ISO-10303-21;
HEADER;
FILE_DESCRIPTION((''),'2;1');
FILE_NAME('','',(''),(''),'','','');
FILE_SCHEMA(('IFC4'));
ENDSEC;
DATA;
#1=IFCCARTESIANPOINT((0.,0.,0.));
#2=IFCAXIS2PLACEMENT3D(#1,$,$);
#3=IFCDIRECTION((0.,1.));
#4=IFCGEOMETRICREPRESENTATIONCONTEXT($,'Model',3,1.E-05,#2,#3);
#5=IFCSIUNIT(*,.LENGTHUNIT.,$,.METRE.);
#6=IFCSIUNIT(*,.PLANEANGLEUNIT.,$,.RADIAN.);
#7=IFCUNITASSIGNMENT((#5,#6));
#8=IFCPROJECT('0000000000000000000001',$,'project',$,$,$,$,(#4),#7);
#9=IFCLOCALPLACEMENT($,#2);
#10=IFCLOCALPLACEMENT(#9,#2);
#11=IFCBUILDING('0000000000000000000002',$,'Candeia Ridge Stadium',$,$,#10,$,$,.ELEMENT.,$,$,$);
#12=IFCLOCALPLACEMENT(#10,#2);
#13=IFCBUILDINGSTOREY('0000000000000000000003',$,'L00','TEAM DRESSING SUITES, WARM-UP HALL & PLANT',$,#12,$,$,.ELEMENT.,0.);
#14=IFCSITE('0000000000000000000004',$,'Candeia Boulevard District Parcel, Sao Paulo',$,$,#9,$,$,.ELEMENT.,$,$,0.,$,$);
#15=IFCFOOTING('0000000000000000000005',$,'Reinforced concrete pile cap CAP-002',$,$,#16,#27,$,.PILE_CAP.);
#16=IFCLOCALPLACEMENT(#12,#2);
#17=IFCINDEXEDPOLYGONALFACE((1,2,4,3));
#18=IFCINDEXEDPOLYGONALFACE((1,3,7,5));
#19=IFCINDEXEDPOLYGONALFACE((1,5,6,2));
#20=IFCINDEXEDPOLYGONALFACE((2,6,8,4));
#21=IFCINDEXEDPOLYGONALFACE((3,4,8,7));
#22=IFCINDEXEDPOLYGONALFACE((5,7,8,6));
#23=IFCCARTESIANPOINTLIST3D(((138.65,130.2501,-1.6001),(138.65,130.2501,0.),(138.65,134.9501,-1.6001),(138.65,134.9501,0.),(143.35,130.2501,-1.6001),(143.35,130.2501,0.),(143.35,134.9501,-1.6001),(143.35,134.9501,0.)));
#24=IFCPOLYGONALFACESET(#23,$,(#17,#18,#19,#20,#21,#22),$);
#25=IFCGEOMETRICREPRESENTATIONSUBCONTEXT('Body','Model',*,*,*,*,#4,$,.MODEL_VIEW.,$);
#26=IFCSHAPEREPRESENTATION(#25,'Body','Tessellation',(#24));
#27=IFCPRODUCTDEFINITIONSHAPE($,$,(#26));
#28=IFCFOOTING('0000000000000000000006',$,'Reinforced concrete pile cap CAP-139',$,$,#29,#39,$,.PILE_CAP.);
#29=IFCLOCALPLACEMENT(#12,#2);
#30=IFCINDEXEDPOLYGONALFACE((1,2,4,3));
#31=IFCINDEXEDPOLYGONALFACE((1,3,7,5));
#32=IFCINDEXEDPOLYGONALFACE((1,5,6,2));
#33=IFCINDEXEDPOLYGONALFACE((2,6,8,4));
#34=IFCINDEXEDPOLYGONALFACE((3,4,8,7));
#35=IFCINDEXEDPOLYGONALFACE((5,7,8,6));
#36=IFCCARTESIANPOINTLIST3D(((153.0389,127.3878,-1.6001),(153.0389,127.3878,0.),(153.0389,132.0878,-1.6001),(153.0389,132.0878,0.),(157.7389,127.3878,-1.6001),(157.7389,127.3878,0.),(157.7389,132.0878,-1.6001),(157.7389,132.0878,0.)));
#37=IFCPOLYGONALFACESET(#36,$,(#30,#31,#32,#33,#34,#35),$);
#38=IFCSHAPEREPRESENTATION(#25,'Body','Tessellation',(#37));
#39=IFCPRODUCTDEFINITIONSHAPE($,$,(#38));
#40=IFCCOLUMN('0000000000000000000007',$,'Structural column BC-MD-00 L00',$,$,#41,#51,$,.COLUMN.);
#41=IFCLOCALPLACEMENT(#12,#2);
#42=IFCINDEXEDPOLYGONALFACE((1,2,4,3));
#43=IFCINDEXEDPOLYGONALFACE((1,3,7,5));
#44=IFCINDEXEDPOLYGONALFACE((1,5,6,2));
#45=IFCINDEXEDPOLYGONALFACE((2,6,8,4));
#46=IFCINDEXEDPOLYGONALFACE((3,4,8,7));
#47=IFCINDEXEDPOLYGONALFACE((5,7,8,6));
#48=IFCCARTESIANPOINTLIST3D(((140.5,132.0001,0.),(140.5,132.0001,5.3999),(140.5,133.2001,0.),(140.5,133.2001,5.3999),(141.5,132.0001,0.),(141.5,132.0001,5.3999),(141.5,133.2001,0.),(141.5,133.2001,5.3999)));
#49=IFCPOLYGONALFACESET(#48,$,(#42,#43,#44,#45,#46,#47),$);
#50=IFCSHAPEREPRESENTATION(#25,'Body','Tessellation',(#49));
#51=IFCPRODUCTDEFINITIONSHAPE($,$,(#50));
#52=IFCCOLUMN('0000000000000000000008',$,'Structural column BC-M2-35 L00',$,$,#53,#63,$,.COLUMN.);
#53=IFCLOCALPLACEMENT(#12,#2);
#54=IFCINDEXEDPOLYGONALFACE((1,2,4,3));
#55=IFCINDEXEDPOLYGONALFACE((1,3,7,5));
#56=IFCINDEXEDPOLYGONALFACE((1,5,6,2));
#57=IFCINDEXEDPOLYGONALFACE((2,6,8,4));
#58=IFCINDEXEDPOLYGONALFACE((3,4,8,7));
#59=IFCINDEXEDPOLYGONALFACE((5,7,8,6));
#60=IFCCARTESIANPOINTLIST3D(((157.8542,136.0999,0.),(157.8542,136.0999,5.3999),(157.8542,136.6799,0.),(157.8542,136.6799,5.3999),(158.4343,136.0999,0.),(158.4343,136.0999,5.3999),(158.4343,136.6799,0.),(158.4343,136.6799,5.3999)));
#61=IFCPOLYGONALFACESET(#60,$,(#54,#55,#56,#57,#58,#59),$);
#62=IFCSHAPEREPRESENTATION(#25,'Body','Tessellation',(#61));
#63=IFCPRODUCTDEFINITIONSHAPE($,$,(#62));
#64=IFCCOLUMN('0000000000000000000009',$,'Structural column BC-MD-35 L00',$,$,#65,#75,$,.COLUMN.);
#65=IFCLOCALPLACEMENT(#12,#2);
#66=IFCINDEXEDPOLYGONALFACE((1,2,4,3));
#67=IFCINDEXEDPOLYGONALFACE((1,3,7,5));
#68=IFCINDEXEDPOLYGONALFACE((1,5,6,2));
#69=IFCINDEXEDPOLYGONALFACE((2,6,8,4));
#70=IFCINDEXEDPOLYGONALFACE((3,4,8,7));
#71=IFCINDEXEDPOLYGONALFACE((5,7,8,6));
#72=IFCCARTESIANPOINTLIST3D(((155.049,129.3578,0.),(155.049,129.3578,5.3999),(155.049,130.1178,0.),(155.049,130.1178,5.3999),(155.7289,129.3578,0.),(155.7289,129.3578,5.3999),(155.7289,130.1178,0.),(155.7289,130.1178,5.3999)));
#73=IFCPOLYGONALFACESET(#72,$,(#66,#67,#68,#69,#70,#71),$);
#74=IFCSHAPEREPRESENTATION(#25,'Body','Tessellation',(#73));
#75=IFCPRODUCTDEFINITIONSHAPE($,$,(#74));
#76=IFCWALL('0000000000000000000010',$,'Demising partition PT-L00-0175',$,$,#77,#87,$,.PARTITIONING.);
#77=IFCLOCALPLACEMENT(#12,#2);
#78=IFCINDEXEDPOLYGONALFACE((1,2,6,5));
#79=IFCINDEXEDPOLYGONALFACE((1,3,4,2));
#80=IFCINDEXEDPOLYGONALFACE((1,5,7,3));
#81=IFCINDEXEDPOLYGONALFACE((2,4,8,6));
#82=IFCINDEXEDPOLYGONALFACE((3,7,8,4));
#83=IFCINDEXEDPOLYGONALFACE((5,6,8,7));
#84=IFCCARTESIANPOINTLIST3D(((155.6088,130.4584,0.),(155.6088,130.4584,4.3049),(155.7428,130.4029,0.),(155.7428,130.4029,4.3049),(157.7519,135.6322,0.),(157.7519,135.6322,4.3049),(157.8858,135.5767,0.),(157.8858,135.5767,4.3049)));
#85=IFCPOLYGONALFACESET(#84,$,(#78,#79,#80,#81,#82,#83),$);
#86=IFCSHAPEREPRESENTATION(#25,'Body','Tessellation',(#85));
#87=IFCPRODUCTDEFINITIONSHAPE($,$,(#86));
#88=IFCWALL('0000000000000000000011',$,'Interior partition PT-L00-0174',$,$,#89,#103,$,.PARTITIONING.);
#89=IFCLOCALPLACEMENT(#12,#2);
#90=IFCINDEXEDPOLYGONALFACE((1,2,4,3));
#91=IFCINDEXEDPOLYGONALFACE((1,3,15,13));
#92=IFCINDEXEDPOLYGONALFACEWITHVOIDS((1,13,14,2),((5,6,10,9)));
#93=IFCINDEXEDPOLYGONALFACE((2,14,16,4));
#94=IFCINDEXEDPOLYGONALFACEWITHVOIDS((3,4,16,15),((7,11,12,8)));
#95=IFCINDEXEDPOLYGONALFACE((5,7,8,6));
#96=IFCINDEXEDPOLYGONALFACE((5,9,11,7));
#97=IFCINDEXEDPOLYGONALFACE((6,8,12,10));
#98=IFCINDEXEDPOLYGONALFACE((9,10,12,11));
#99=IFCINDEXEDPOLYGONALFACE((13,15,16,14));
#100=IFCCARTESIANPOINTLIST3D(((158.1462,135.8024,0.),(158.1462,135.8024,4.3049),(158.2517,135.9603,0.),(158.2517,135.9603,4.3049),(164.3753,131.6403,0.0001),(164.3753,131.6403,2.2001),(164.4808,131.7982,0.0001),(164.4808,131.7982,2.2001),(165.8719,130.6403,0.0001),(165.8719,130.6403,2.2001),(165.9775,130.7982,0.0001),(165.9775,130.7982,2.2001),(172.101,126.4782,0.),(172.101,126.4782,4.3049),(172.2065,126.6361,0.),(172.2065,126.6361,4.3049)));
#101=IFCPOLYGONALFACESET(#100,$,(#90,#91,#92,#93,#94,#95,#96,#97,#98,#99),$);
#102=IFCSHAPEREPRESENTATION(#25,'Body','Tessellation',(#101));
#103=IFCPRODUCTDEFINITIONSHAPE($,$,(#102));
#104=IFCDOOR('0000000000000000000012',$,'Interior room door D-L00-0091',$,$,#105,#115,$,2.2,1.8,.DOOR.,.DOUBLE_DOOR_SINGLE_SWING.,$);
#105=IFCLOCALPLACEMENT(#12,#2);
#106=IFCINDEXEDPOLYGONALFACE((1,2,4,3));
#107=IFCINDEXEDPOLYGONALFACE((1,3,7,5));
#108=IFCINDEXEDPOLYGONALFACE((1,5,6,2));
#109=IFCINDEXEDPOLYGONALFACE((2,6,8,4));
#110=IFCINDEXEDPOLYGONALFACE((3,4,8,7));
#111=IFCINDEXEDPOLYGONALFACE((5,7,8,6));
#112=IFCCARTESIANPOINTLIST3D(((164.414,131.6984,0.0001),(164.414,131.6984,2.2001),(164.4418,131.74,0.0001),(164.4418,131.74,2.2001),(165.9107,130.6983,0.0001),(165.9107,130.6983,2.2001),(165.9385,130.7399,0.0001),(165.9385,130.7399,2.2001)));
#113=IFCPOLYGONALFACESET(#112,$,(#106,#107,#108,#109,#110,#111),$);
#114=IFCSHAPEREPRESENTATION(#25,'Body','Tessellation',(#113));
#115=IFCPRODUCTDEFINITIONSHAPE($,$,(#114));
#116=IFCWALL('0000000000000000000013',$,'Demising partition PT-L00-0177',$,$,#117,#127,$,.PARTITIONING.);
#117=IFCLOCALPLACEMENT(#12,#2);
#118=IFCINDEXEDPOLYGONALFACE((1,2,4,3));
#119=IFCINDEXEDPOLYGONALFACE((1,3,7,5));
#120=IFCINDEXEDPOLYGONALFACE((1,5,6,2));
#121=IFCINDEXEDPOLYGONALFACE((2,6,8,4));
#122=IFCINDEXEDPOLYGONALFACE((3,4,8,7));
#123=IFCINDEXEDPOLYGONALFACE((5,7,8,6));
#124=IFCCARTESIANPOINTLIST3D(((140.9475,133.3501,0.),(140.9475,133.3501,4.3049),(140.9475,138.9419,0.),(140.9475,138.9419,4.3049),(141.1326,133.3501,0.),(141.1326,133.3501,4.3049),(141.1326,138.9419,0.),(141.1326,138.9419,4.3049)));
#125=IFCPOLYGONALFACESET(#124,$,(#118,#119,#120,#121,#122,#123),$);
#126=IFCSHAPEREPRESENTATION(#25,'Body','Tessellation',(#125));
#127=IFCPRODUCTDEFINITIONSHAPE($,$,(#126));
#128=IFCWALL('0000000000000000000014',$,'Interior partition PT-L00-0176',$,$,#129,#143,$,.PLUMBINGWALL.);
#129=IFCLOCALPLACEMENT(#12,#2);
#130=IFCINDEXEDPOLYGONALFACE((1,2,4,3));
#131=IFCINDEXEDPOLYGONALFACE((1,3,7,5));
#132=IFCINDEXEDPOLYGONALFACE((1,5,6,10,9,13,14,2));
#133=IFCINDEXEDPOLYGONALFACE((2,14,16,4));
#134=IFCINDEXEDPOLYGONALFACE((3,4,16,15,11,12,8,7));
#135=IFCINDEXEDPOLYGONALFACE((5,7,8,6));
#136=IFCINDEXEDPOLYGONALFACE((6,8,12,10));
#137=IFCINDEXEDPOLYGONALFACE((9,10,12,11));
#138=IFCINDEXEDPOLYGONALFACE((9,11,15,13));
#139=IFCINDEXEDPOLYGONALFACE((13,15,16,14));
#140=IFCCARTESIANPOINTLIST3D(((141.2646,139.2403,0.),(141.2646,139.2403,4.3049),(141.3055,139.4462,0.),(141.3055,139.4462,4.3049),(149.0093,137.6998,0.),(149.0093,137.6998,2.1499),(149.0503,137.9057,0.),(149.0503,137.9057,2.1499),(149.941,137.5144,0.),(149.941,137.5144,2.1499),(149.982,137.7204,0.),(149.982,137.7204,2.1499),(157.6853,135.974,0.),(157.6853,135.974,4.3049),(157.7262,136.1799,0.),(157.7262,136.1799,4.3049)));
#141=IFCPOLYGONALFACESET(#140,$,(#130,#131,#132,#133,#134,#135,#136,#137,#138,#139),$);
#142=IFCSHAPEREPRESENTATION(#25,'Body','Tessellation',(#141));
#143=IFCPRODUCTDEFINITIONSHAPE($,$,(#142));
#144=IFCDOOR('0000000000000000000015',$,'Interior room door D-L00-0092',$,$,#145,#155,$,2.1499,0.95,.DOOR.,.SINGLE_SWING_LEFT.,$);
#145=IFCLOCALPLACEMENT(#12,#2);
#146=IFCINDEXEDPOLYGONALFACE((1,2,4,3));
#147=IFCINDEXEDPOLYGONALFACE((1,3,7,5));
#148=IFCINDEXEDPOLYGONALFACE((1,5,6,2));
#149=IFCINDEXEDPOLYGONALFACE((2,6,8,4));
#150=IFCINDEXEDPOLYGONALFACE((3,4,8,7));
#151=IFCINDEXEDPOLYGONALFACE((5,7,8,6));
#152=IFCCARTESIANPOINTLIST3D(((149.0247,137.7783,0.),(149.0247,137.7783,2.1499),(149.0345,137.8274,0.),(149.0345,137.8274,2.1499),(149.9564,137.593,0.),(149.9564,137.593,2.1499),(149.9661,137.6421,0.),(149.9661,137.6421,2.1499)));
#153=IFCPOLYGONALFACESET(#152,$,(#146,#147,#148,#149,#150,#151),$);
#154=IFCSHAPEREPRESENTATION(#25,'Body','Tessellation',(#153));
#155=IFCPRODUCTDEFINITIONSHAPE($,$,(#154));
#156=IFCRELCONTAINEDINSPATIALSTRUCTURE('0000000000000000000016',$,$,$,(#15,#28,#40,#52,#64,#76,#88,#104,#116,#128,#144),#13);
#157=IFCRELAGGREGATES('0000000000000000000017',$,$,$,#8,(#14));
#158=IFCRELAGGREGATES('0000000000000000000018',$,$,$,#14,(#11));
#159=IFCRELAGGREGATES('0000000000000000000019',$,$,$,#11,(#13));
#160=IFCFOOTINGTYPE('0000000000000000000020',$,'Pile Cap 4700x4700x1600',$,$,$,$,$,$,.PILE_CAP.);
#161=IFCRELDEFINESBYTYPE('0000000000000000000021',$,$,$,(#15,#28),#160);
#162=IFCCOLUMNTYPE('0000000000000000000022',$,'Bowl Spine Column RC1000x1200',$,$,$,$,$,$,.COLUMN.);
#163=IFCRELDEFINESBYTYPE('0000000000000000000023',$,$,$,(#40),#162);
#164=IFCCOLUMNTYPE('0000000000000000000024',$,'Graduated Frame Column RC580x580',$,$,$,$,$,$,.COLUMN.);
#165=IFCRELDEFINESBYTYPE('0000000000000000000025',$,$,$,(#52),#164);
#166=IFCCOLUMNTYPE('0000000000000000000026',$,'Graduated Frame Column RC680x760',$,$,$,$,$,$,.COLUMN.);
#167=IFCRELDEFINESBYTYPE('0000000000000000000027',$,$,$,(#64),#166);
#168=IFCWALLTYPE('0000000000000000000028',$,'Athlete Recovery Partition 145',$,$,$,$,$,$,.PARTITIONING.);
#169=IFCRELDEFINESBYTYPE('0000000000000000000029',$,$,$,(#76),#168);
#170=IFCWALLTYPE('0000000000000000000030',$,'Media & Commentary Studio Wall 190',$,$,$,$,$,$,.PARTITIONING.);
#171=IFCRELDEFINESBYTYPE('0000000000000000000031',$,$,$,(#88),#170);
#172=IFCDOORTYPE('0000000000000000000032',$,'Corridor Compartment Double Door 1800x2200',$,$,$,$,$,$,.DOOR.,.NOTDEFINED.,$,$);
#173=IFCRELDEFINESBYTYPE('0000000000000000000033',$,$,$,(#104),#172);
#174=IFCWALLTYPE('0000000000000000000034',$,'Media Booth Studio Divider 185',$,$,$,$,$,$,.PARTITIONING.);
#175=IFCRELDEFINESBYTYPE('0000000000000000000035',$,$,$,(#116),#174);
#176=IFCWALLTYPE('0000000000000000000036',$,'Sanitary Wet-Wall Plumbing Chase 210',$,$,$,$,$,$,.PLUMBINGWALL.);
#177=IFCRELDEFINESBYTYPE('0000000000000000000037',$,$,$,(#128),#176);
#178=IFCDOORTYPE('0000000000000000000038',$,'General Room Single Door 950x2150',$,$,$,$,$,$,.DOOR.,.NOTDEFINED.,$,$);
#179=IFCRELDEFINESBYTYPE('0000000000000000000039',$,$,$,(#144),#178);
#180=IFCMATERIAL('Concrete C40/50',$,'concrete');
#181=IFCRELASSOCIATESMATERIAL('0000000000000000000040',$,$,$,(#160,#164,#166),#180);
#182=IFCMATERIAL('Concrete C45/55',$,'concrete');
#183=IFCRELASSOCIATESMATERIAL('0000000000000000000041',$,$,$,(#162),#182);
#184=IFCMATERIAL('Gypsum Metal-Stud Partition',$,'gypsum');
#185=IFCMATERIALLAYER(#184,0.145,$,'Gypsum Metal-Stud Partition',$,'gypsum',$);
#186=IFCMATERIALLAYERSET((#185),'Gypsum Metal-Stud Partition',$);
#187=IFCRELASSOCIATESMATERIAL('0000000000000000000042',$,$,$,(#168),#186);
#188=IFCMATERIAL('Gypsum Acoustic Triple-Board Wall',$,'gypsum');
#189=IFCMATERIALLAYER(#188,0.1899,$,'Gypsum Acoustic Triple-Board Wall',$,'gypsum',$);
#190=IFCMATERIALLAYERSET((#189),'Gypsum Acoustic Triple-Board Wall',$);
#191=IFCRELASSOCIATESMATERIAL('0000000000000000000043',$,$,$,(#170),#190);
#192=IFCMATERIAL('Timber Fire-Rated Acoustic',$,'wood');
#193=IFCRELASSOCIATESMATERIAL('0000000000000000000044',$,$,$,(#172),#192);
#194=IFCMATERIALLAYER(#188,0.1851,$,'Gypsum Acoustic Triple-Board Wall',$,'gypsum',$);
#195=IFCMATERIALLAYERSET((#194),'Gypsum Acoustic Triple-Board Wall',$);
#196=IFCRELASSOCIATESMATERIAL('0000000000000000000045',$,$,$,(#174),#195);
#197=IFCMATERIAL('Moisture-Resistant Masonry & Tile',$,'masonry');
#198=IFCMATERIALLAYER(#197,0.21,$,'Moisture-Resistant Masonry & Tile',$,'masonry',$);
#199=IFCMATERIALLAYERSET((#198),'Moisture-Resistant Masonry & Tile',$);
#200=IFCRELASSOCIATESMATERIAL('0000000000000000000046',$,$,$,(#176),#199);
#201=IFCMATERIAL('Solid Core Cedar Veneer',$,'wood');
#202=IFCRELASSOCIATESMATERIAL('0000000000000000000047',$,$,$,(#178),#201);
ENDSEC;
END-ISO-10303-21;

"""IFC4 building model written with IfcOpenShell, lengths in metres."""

from ifc_helpers import new_model, si_unit, direction, frame, frame_2d, origin, origin_2d, place, context, subcontext, project, spatial, rectangle, extrude, material, layer, layer_set, material_profile, profile_set, type_object, element, fill, save


model = new_model("IFC4")

# Units and contexts
model_context = context("Model", 3, precision=1e-05, world=origin(), true_north=direction((0.0, 1.0)))
body_context = subcontext(model_context, "Body", "Model", "MODEL_VIEW")
ifc_project = project(units=[si_unit("LENGTHUNIT", "METRE"), si_unit("PLANEANGLEUNIT", "RADIAN")], contexts=[model_context])

# Site, building, storey
site_placement = place(None, origin())
site = spatial("IfcSite", under=ifc_project, at=site_placement, Name="Candeia Boulevard District Parcel, Sao Paulo", CompositionType="ELEMENT", RefElevation=0.0)
building_placement = place(site_placement, origin())
building = spatial("IfcBuilding", under=site, at=building_placement, Name="Candeia Ridge Stadium", CompositionType="ELEMENT")
storey_placement = place(building_placement, origin())
storey = spatial("IfcBuildingStorey", under=building, at=storey_placement, Name="L00", Description="TEAM DRESSING SUITES, WARM-UP HALL & PLANT", CompositionType="ELEMENT", Elevation=0.0)

# Shared definitions
ifc_material_1 = material(Name="Concrete C40/50", Category="concrete")

# Footings
footing_type_1 = type_object("IfcFootingType", Name="Pile Cap 4700x4700x1600", PredefinedType="PILE_CAP", material=ifc_material_1)
for number, where, z_axis, x_axis, name in (
    (1, (141.0, 132.6001, -1.6001), (0.0, 0.0, 1.0), (1.0, 0.0, 0.0), "Reinforced concrete pile cap CAP-002"),
    (2, (155.3889, 129.7378, -1.6001), (0.0, 0.0, 1.0), (1.0, 0.0, 0.0), "Reinforced concrete pile cap CAP-139"),
):
    element("IfcFooting", number, at=place(storey_placement, frame(where, z_axis=z_axis, x_axis=x_axis)), inside=storey, type_object=footing_type_1, Name=name, PredefinedType="PILE_CAP", context=body_context, shape_type="SweptSolid", body=[
        extrude(rectangle(XDim=4.7, YDim=4.7, at=origin_2d()), origin(), (0.0, 0.0, 1.0), 1.6001),
    ])

# Columns
ifc_material_2 = material(Name="Concrete C45/55", Category="concrete")
ifc_material_profile_1 = material_profile(ifc_material_2, rectangle(XDim=1.0, YDim=1.2, at=origin_2d()), Name="RC1000x1200", Category="concrete")
ifc_profile_set_1 = profile_set([ifc_material_profile_1], Name="Concrete C45/55")
column_type_1 = type_object("IfcColumnType", Name="Bowl Spine Column RC1000x1200", PredefinedType="COLUMN", material=ifc_profile_set_1)
column_1_placement = place(storey_placement, frame((141.0, 132.6001, 0.0), z_axis=(0.0, 0.0, 1.0), x_axis=(1.0, 0.0, 0.0)))
element("IfcColumn", 3, at=column_1_placement, inside=storey, type_object=column_type_1, Name="Structural column BC-MD-00 L00", PredefinedType="COLUMN", context=body_context, shape_type="SweptSolid", body=[
    extrude(rectangle(XDim=1.0, YDim=1.2, at=origin_2d()), origin(), (0.0, 0.0, 1.0), 5.3999),
])
ifc_material_profile_2 = material_profile(ifc_material_1, rectangle(XDim=0.5801, YDim=0.5801, at=origin_2d()), Name="RC580x580", Category="concrete")
ifc_profile_set_2 = profile_set([ifc_material_profile_2], Name="Concrete C40/50")
column_type_2 = type_object("IfcColumnType", Name="Graduated Frame Column RC580x580", PredefinedType="COLUMN", material=ifc_profile_set_2)
column_2_placement = place(storey_placement, frame((158.1443, 136.3899, 0.0), z_axis=(0.0, 0.0, 1.0), x_axis=(1.0, 0.0, 0.0)))
element("IfcColumn", 4, at=column_2_placement, inside=storey, type_object=column_type_2, Name="Structural column BC-M2-35 L00", PredefinedType="COLUMN", context=body_context, shape_type="SweptSolid", body=[
    extrude(rectangle(XDim=0.5801, YDim=0.5801, at=origin_2d()), origin(), (0.0, 0.0, 1.0), 5.3999),
])
ifc_material_profile_3 = material_profile(ifc_material_1, rectangle(XDim=0.6799, YDim=0.76, at=origin_2d()), Name="RC680x760", Category="concrete")
ifc_profile_set_3 = profile_set([ifc_material_profile_3], Name="Concrete C40/50")
column_type_3 = type_object("IfcColumnType", Name="Graduated Frame Column RC680x760", PredefinedType="COLUMN", material=ifc_profile_set_3)
column_3_placement = place(storey_placement, frame((155.3889, 129.7378, 0.0), z_axis=(0.0, 0.0, 1.0), x_axis=(1.0, 0.0, 0.0)))
element("IfcColumn", 5, at=column_3_placement, inside=storey, type_object=column_type_3, Name="Structural column BC-MD-35 L00", PredefinedType="COLUMN", context=body_context, shape_type="SweptSolid", body=[
    extrude(rectangle(XDim=0.6799, YDim=0.76, at=origin_2d()), origin(), (0.0, 0.0, 1.0), 5.3999),
])

# Wall
ifc_material_3 = material(Name="Gypsum Metal-Stud Partition", Category="gypsum")
ifc_layer_1 = layer(ifc_material_3, 0.145, Name="Gypsum Metal-Stud Partition", Category="gypsum")
ifc_layer_set_1 = layer_set([ifc_layer_1], Name="Gypsum Metal-Stud Partition")
wall_type_1 = type_object("IfcWallType", Name="Athlete Recovery Partition 145", PredefinedType="PARTITIONING", material=ifc_layer_set_1)
wall_1_placement = place(storey_placement, frame((155.6758, 130.4307, 0.0), z_axis=(0.0, 0.0, 1.0), x_axis=(0.382683, 0.92388, 0.0)))
element("IfcWall", 6, at=wall_1_placement, inside=storey, type_object=wall_type_1, Name="Demising partition PT-L00-0175", PredefinedType="PARTITIONING", context=body_context, shape_type="SweptSolid", body=[
    extrude(rectangle(XDim=5.6001, YDim=0.145, at=frame_2d((2.8, 0.0))), origin(), (0.0, 0.0, 1.0), 4.3049),
])

# Wall, opening, door
ifc_material_4 = material(Name="Gypsum Acoustic Triple-Board Wall", Category="gypsum")
ifc_layer_2 = layer(ifc_material_4, 0.1899, Name="Gypsum Acoustic Triple-Board Wall", Category="gypsum")
ifc_layer_set_2 = layer_set([ifc_layer_2], Name="Gypsum Acoustic Triple-Board Wall")
wall_type_2 = type_object("IfcWallType", Name="Media & Commentary Studio Wall 190", PredefinedType="PARTITIONING", material=ifc_layer_set_2)
wall_2_placement = place(storey_placement, frame((158.199, 135.8813, 0.0), z_axis=(0.0, 0.0, 1.0), x_axis=(0.831472, -0.555566, 0.0)))
wall_2 = element("IfcWall", 7, at=wall_2_placement, inside=storey, type_object=wall_type_2, Name="Interior partition PT-L00-0174", PredefinedType="PARTITIONING", context=body_context, shape_type="SweptSolid", body=[
    extrude(rectangle(XDim=16.7832, YDim=0.1899, at=frame_2d((8.3916, 0.0))), origin(), (0.0, 0.0, 1.0), 4.3049),
])
opening_1_placement = place(wall_2_placement, frame((7.4917, 0.0, 0.0)))
opening_1 = element("IfcOpeningElement", 8, at=opening_1_placement, cuts=wall_2, PredefinedType="OPENING", context=body_context, shape_type="SweptSolid", body=[
    extrude(rectangle(XDim=1.8, YDim=2.2, at=frame_2d((0.8999, 1.1001))), frame((0.0, 0.105, 0.0), z_axis=(0.0, -1.0, 0.0), x_axis=(1.0, 0.0, 0.0)), (0.0, 0.0, 1.0), 0.21),
])
ifc_material_5 = material(Name="Timber Fire-Rated Acoustic", Category="wood")
door_type_1 = type_object("IfcDoorType", Name="Corridor Compartment Double Door 1800x2200", OperationType="NOTDEFINED", PredefinedType="DOOR", material=ifc_material_5)
door_1_placement = place(opening_1_placement, origin())
door_1 = element("IfcDoor", 9, at=door_1_placement, inside=storey, type_object=door_type_1, Name="Interior room door D-L00-0091", OperationType="DOUBLE_DOOR_SINGLE_SWING", OverallHeight=2.2, OverallWidth=1.8, PredefinedType="DOOR", context=body_context, shape_type="SweptSolid", body=[
    extrude(rectangle(XDim=1.8, YDim=2.2, at=frame_2d((0.8999, 1.1001))), frame((0.0, 0.0249, 0.0), z_axis=(0.0, -1.0, 0.0), x_axis=(1.0, 0.0, 0.0)), (0.0, 0.0, 1.0), 0.05),
])
fill(opening_1, door_1)

# Wall
ifc_layer_3 = layer(ifc_material_4, 0.1851, Name="Gypsum Acoustic Triple-Board Wall", Category="gypsum")
ifc_layer_set_3 = layer_set([ifc_layer_3], Name="Gypsum Acoustic Triple-Board Wall")
wall_type_3 = type_object("IfcWallType", Name="Media Booth Studio Divider 185", PredefinedType="PARTITIONING", material=ifc_layer_set_3)
wall_3_placement = place(storey_placement, frame((141.04, 133.3501, 0.0), z_axis=(0.0, 0.0, 1.0), x_axis=(0.0, 1.0, 0.0)))
element("IfcWall", 10, at=wall_3_placement, inside=storey, type_object=wall_type_3, Name="Demising partition PT-L00-0177", PredefinedType="PARTITIONING", context=body_context, shape_type="SweptSolid", body=[
    extrude(rectangle(XDim=5.5918, YDim=0.1851, at=frame_2d((2.7959, 0.0))), origin(), (0.0, 0.0, 1.0), 4.3049),
])

# Wall, opening, door
ifc_material_6 = material(Name="Moisture-Resistant Masonry & Tile", Category="masonry")
ifc_layer_4 = layer(ifc_material_6, 0.21, Name="Moisture-Resistant Masonry & Tile", Category="masonry")
ifc_layer_set_4 = layer_set([ifc_layer_4], Name="Moisture-Resistant Masonry & Tile")
wall_type_4 = type_object("IfcWallType", Name="Sanitary Wet-Wall Plumbing Chase 210", PredefinedType="PLUMBINGWALL", material=ifc_layer_set_4)
wall_4_placement = place(storey_placement, frame((141.2852, 139.3433, 0.0), z_axis=(0.0, 0.0, 1.0), x_axis=(0.980784, -0.195095, 0.0)))
wall_4 = element("IfcWall", 11, at=wall_4_placement, inside=storey, type_object=wall_type_4, Name="Interior partition PT-L00-0176", PredefinedType="PLUMBINGWALL", context=body_context, shape_type="SweptSolid", body=[
    extrude(rectangle(XDim=16.7424, YDim=0.21, at=frame_2d((8.3711, 0.0))), origin(), (0.0, 0.0, 1.0), 4.3049),
])
opening_2_placement = place(wall_4_placement, frame((7.8962, 0.0, 0.0)))
opening_2 = element("IfcOpeningElement", 12, at=opening_2_placement, cuts=wall_4, PredefinedType="OPENING", context=body_context, shape_type="SweptSolid", body=[
    extrude(rectangle(XDim=0.95, YDim=2.1499, at=frame_2d((0.4751, 1.075))), frame((0.0, 0.115, 0.0), z_axis=(0.0, -1.0, 0.0), x_axis=(1.0, 0.0, 0.0)), (0.0, 0.0, 1.0), 0.23),
])
ifc_material_7 = material(Name="Solid Core Cedar Veneer", Category="wood")
door_type_2 = type_object("IfcDoorType", Name="General Room Single Door 950x2150", OperationType="NOTDEFINED", PredefinedType="DOOR", material=ifc_material_7)
door_2_placement = place(opening_2_placement, frame((0.95, 0.0, 0.0), z_axis=(0.0, 0.0, 1.0), x_axis=(-1.0, 0.0, 0.0)))
door_2 = element("IfcDoor", 13, at=door_2_placement, inside=storey, type_object=door_type_2, Name="Interior room door D-L00-0092", OperationType="SINGLE_SWING_LEFT", OverallHeight=2.1499, OverallWidth=0.95, PredefinedType="DOOR", context=body_context, shape_type="SweptSolid", body=[
    extrude(rectangle(XDim=0.95, YDim=2.1499, at=frame_2d((0.4751, 1.075))), frame((0.0, 0.0249, 0.0), z_axis=(0.0, -1.0, 0.0), x_axis=(1.0, 0.0, 0.0)), (0.0, 0.0, 1.0), 0.05),
])
fill(opening_2, door_2)

save(model, "model.ifc")
